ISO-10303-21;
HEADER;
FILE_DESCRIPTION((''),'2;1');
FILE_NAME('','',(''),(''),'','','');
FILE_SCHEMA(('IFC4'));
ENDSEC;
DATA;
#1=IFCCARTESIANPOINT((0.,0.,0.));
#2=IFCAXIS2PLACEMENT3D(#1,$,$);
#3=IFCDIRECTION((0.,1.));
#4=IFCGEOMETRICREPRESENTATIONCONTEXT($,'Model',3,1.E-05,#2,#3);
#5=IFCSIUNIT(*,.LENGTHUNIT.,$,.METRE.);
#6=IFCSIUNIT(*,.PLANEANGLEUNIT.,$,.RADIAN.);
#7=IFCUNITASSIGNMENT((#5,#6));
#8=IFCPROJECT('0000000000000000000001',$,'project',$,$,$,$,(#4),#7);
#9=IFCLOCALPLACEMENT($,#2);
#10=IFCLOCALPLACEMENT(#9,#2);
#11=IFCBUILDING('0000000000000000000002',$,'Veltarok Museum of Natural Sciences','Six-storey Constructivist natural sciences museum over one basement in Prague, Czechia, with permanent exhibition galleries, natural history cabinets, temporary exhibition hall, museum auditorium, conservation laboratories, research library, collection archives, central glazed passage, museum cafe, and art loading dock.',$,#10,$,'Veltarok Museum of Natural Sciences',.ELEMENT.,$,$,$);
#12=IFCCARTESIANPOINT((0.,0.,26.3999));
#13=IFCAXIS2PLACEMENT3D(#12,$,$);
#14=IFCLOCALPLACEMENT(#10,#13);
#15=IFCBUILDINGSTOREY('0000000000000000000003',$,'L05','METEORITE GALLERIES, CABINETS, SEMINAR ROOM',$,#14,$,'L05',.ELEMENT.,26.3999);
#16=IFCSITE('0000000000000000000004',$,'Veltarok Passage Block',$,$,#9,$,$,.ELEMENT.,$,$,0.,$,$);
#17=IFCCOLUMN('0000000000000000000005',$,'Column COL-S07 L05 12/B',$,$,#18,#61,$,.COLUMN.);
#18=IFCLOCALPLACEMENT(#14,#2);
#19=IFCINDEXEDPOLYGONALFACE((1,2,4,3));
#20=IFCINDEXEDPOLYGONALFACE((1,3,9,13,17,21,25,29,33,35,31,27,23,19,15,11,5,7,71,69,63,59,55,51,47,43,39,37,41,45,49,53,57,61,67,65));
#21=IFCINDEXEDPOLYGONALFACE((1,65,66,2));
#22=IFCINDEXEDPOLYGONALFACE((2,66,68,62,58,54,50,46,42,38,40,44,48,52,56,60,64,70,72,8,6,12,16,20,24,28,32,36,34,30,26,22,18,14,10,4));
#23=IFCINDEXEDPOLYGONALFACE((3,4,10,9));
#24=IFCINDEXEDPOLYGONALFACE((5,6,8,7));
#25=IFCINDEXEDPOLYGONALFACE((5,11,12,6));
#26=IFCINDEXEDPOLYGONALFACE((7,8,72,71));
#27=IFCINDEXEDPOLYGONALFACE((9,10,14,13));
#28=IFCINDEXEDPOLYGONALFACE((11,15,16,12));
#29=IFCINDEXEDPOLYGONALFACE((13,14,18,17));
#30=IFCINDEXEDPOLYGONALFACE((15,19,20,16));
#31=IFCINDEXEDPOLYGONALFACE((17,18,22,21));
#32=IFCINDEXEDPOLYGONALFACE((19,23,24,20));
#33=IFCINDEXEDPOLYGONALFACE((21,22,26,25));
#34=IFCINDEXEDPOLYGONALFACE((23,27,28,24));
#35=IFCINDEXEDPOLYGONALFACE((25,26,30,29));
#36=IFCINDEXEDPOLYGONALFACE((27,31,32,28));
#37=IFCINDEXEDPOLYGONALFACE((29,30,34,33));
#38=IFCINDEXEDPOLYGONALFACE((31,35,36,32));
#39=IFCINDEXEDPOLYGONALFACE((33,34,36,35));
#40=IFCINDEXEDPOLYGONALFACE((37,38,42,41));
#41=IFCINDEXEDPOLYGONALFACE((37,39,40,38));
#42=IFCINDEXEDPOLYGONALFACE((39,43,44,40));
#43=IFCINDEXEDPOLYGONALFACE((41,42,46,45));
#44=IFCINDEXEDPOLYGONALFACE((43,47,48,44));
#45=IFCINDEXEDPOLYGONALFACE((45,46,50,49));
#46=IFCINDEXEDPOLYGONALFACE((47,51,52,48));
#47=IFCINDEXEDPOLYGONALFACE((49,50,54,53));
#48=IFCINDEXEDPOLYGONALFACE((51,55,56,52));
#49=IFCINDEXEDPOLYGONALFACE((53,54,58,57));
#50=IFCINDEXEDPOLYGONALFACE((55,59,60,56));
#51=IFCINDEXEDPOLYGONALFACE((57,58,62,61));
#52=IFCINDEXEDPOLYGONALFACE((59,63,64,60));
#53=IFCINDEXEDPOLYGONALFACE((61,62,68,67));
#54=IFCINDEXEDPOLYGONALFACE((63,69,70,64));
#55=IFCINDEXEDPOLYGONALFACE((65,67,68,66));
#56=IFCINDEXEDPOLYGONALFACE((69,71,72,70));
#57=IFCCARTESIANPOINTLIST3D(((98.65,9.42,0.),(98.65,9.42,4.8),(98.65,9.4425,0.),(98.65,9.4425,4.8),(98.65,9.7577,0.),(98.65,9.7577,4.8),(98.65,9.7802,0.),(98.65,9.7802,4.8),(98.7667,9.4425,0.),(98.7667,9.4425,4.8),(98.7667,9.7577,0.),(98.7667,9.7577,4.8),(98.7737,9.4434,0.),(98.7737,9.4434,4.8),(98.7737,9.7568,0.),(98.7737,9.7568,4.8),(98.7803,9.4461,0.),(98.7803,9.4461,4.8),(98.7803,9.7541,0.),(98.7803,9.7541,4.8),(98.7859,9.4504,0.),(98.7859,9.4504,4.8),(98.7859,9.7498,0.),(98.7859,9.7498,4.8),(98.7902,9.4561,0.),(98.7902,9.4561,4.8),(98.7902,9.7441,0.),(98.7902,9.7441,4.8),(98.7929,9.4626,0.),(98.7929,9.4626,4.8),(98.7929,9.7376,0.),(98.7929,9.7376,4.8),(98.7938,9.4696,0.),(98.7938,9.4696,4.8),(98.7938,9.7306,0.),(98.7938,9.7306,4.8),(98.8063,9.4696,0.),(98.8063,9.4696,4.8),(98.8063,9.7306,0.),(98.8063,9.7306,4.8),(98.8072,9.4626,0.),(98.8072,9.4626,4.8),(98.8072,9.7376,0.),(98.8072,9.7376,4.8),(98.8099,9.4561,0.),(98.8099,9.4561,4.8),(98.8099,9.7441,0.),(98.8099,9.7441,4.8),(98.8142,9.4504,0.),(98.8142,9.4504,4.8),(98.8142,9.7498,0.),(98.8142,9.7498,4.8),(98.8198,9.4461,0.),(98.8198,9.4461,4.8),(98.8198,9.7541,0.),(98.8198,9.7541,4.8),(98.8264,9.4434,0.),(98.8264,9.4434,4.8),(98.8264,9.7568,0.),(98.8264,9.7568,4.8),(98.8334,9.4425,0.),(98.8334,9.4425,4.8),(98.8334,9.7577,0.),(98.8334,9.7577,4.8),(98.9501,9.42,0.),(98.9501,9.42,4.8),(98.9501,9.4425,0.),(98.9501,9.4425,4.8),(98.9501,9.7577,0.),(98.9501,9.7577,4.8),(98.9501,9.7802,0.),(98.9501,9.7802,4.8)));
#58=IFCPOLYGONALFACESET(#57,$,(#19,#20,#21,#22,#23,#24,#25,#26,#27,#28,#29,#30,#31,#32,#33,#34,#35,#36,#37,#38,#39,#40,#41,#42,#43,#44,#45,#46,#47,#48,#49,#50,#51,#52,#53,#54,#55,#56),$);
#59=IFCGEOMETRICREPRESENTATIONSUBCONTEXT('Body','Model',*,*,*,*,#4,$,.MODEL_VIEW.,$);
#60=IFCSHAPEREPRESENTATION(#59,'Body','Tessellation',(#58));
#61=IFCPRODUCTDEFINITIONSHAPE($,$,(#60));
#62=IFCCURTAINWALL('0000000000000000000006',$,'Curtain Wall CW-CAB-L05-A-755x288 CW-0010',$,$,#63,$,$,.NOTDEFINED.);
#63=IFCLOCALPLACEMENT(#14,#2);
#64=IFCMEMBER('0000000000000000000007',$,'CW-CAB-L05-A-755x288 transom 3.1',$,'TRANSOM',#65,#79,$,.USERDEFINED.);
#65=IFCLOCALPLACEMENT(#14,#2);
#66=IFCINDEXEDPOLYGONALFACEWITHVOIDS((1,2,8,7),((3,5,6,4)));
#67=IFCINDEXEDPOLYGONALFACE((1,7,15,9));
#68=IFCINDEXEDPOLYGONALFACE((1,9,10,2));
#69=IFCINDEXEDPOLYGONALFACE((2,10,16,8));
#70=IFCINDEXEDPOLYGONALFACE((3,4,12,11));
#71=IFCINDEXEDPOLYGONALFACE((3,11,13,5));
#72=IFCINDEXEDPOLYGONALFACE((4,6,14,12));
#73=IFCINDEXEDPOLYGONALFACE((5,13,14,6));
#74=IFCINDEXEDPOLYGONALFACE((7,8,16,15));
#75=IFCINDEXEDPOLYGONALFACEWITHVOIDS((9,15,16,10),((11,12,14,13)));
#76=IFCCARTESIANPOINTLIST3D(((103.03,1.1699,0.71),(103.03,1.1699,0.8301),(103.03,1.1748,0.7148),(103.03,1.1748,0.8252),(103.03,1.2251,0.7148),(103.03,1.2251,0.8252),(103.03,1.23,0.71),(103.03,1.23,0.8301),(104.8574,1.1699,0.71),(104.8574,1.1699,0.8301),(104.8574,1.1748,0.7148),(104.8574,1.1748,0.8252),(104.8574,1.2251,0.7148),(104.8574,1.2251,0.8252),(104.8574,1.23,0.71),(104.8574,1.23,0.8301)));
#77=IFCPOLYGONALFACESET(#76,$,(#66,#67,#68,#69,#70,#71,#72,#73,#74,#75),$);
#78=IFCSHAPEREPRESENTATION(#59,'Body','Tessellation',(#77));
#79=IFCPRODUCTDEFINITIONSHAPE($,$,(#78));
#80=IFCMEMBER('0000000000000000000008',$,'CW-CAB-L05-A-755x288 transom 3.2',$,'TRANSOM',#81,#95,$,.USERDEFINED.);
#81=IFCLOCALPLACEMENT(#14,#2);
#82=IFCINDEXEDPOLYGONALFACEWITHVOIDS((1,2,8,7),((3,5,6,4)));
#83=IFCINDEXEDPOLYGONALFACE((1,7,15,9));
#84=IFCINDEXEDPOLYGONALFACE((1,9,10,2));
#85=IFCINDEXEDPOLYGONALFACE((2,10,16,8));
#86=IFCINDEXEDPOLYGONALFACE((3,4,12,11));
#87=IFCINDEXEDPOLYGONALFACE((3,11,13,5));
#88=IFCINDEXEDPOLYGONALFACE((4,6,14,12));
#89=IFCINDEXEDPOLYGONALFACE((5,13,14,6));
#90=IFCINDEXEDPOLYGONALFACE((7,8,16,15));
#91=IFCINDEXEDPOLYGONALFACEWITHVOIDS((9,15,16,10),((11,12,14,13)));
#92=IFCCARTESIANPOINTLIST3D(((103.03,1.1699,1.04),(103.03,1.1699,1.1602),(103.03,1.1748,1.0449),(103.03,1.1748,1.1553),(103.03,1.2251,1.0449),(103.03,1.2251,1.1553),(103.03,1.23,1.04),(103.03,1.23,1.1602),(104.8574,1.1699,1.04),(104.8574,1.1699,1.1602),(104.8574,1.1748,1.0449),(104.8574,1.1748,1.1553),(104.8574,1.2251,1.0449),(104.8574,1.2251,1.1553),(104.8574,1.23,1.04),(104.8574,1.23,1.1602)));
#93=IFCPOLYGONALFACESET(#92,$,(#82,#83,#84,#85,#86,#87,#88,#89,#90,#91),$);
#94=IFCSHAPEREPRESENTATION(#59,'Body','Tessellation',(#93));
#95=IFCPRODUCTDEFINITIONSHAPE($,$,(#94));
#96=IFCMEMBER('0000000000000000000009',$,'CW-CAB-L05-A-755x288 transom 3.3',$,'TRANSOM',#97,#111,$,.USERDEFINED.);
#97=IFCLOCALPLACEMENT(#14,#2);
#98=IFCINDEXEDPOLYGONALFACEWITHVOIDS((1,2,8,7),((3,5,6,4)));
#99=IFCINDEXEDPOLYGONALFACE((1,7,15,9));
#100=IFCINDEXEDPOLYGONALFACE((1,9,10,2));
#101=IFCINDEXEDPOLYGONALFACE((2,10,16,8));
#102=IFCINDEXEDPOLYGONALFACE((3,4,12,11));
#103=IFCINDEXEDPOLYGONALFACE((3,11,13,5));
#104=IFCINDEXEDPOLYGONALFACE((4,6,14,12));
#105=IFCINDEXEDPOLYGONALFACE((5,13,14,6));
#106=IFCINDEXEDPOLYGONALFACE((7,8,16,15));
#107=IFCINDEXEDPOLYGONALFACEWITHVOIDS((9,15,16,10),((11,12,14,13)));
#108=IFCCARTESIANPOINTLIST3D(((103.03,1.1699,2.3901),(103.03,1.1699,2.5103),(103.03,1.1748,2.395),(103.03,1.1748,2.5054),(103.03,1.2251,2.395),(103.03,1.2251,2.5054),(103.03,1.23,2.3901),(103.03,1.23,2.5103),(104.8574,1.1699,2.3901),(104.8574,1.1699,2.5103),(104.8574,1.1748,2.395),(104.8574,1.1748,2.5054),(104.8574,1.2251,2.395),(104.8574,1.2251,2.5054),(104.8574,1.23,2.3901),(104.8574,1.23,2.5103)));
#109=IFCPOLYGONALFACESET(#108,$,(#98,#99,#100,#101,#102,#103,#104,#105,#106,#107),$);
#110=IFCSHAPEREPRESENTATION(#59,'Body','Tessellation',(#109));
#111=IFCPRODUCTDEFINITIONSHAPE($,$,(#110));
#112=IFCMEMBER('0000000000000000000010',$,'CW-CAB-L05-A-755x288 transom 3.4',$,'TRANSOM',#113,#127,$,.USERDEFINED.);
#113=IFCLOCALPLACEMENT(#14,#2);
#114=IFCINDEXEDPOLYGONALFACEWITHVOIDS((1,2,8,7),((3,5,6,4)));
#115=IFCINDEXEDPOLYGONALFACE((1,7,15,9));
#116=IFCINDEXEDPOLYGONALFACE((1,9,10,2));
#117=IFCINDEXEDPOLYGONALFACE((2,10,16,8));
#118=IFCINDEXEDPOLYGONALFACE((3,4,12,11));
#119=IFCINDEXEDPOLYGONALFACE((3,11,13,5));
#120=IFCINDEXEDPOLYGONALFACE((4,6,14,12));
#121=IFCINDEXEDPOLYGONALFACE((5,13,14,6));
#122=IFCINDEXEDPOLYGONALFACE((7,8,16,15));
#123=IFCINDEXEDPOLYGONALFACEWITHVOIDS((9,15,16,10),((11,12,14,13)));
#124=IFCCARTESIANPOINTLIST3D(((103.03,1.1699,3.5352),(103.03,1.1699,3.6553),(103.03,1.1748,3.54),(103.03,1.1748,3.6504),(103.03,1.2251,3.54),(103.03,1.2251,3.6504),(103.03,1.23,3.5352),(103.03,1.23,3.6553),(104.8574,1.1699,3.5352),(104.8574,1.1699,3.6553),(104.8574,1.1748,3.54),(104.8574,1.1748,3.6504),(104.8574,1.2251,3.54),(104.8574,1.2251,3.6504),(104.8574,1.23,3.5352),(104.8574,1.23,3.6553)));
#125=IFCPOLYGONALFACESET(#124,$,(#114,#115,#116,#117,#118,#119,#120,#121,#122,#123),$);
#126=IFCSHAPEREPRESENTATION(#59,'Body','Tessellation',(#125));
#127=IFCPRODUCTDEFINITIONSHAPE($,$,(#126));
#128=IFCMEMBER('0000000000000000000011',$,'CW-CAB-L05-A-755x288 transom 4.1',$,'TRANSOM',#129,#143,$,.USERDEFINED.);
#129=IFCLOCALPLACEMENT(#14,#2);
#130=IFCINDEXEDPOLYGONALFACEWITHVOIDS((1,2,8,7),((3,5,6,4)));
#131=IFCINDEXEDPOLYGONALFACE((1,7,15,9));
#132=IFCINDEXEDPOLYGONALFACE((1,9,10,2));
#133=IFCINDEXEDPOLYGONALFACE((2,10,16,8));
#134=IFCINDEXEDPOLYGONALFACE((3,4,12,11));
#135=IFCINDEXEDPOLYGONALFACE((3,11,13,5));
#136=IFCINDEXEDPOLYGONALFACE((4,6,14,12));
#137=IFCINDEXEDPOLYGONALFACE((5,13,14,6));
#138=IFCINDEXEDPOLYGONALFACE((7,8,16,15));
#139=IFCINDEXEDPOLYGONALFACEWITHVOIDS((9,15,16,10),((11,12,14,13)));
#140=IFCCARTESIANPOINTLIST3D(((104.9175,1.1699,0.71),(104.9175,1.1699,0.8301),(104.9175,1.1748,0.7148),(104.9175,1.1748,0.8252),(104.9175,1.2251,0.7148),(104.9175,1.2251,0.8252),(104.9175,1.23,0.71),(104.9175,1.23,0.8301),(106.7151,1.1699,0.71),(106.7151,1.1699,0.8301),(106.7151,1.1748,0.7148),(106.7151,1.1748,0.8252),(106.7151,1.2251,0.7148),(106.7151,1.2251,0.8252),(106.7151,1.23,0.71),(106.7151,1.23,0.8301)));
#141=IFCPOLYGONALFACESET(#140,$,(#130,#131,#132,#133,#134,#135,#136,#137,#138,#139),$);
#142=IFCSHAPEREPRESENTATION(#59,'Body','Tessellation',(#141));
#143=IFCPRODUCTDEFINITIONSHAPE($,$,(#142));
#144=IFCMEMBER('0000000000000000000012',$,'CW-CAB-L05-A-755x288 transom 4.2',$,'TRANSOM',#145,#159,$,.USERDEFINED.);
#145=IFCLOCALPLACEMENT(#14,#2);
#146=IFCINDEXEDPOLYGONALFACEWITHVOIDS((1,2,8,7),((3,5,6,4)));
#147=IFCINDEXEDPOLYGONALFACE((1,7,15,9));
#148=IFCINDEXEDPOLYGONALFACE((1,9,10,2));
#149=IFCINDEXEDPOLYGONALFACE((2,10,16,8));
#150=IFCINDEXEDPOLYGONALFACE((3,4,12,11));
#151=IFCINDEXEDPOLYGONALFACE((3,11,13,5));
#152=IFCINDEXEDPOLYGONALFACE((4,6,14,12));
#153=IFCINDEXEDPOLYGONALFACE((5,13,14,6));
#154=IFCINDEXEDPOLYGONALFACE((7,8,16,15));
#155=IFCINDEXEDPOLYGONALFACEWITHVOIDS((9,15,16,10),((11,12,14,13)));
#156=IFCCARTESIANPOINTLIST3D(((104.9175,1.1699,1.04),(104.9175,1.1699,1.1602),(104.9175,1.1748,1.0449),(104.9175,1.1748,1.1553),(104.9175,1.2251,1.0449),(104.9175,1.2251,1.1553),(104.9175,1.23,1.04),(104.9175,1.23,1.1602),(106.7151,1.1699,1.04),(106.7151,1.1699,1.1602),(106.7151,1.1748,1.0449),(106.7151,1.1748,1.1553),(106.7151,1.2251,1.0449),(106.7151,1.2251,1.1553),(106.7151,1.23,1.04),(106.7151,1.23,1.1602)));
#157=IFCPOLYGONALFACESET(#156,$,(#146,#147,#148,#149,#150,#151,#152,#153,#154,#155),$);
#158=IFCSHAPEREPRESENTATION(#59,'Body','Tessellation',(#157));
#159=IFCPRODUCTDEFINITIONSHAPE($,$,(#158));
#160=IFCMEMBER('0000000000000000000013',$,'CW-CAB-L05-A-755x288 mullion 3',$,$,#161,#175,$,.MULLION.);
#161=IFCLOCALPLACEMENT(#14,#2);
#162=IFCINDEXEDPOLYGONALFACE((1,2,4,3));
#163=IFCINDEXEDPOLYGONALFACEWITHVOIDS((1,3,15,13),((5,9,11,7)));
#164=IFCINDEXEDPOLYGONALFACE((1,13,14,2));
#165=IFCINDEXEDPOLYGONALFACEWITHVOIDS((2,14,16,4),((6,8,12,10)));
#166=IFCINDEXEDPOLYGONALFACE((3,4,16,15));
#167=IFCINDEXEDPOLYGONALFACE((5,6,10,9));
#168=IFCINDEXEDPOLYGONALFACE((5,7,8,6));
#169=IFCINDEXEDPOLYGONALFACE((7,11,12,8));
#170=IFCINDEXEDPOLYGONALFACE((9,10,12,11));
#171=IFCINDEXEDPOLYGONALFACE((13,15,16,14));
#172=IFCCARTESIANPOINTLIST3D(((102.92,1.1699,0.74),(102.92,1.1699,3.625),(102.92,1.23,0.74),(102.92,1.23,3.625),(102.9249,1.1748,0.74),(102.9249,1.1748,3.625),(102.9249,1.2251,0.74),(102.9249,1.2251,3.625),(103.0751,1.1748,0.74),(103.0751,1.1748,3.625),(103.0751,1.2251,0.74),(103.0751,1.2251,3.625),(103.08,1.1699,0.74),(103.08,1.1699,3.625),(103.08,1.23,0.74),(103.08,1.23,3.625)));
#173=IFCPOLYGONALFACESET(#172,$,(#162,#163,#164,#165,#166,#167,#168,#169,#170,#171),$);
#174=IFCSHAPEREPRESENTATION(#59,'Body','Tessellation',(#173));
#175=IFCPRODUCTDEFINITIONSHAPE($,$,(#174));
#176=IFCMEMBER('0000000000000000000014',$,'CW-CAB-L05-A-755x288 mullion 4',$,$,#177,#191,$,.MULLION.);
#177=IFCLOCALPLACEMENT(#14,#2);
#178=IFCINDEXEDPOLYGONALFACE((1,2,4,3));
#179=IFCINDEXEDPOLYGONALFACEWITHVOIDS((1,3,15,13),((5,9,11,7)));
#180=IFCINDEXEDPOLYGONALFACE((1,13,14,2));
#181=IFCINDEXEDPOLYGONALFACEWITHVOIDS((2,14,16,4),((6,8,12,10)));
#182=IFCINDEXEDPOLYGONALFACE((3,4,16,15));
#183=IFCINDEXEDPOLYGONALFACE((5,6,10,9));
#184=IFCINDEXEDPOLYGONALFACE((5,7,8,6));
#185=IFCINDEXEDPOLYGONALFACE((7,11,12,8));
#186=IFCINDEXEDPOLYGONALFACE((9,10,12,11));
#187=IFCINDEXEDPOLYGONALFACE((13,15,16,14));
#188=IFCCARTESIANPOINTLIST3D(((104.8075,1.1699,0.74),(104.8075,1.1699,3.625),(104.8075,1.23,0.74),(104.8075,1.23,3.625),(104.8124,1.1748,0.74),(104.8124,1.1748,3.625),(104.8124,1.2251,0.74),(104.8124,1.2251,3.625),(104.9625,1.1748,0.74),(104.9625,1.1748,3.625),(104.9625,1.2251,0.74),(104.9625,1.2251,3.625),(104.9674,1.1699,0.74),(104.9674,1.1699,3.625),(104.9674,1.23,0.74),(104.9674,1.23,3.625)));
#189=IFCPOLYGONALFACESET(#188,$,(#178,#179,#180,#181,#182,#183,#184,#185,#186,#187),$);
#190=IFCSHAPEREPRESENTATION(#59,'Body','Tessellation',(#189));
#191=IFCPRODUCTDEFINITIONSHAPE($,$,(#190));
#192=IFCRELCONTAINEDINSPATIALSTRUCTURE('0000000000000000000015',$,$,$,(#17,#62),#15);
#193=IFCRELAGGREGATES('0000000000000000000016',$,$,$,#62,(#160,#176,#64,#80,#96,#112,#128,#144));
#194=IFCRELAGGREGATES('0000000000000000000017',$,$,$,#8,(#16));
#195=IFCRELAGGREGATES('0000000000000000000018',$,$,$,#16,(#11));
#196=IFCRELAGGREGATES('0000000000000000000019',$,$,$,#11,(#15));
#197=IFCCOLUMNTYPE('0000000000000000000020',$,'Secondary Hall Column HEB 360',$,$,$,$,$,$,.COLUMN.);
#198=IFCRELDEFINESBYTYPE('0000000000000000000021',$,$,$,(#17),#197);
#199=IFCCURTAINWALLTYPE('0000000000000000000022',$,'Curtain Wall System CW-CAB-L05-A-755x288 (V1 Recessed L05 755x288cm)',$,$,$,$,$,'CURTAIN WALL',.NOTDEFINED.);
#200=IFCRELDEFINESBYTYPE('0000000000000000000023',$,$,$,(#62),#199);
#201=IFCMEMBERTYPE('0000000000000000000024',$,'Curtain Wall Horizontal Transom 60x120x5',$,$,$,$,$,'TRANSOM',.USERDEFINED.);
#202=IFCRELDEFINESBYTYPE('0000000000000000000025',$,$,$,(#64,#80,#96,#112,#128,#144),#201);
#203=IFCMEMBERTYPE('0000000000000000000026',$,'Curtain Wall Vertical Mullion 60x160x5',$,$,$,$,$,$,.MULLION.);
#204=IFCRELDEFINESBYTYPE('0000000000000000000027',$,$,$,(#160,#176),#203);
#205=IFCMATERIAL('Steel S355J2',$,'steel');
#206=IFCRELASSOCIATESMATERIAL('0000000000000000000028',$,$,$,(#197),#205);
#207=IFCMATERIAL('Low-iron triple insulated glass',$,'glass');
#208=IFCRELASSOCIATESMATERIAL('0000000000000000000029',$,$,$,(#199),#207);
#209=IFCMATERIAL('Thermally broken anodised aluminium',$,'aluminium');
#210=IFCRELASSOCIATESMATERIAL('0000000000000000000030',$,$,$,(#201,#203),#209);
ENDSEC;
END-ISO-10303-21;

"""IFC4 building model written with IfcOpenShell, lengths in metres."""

from ifc_helpers import new_model, si_unit, direction, frame, origin, origin_2d, place, context, subcontext, project, spatial, hollow_rectangle, i_section, extrude, material, material_profile, profile_set, type_object, element, aggregate, save


model = new_model("IFC4")

# Units and contexts
model_context = context("Model", 3, precision=1e-05, world=origin(), true_north=direction((0.0, 1.0)))
body_context = subcontext(model_context, "Body", "Model", "MODEL_VIEW")
ifc_project = project(units=[si_unit("LENGTHUNIT", "METRE"), si_unit("PLANEANGLEUNIT", "RADIAN")], contexts=[model_context])

# Site, building, storey
site_placement = place(None, origin())
site = spatial("IfcSite", under=ifc_project, at=site_placement, Name="Veltarok Passage Block", CompositionType="ELEMENT", RefElevation=0.0)
building_placement = place(site_placement, origin())
building = spatial("IfcBuilding", under=site, at=building_placement, Name="Veltarok Museum of Natural Sciences", Description="Six-storey Constructivist natural sciences museum over one basement in Prague, Czechia, with permanent exhibition galleries, natural history cabinets, temporary exhibition hall, museum auditorium, conservation laboratories, research library, collection archives, central glazed passage, museum cafe, and art loading dock.", LongName="Veltarok Museum of Natural Sciences", CompositionType="ELEMENT")
storey_placement = place(building_placement, frame((0.0, 0.0, 26.3999)))
storey = spatial("IfcBuildingStorey", under=building, at=storey_placement, Name="L05", Description="METEORITE GALLERIES, CABINETS, SEMINAR ROOM", LongName="L05", CompositionType="ELEMENT", Elevation=26.3999)

# Column
ifc_material_1 = material(Name="Steel S355J2", Category="steel")
ifc_material_profile_1 = material_profile(ifc_material_1, i_section(OverallWidth=0.3, OverallDepth=0.3601, WebThickness=0.0125, FlangeThickness=0.0225, FilletRadius=0.0271, at=origin_2d()), Name="HEB 360")
ifc_profile_set_1 = profile_set([ifc_material_profile_1], Name="Steel S355J2")
column_type = type_object("IfcColumnType", Name="Secondary Hall Column HEB 360", PredefinedType="COLUMN", material=ifc_profile_set_1)
column_placement = place(storey_placement, frame((98.8, 9.6001, 0.0), z_axis=(0.0, 0.0, 1.0), x_axis=(1.0, 0.0, 0.0)))
element("IfcColumn", 1, at=column_placement, inside=storey, type_object=column_type, Name="Column COL-S07 L05 12/B", PredefinedType="COLUMN", context=body_context, shape_type="SweptSolid", body=[
    extrude(i_section(OverallWidth=0.3, OverallDepth=0.3601, WebThickness=0.0125, FlangeThickness=0.0225, FilletRadius=0.0271, at=origin_2d()), origin(), (0.0, 0.0, 1.0), 4.8),
])

# Curtain wall, members
ifc_material_2 = material(Name="Low-iron triple insulated glass", Category="glass")
curtain_wall_type_1 = type_object("IfcCurtainWallType", Name="Curtain Wall System CW-CAB-L05-A-755x288 (V1 Recessed L05 755x288cm)", ElementType="CURTAIN WALL", PredefinedType="NOTDEFINED", material=ifc_material_2)
curtain_wall_1_placement = place(storey_placement, origin())
curtain_wall_1 = element("IfcCurtainWall", 2, at=curtain_wall_1_placement, inside=storey, type_object=curtain_wall_type_1, Name="Curtain Wall CW-CAB-L05-A-755x288 CW-0010", PredefinedType="NOTDEFINED")
ifc_material_3 = material(Name="Thermally broken anodised aluminium", Category="aluminium")
ifc_material_profile_2 = material_profile(ifc_material_3, hollow_rectangle(XDim=0.0601, YDim=0.1201, WallThickness=0.0049, at=origin_2d()), Name="CW TRANSOM 60x120x5")
ifc_profile_set_2 = profile_set([ifc_material_profile_2], Name="Thermally broken anodised aluminium")
member_type_1 = type_object("IfcMemberType", Name="Curtain Wall Horizontal Transom 60x120x5", ElementType="TRANSOM", PredefinedType="USERDEFINED", material=ifc_profile_set_2)
member_1_placement = place(storey_placement, frame((103.03, 1.2, 0.77), z_axis=(1.0, 0.0, 0.0), x_axis=(0.0, 1.0, 0.0)))
member_1 = element("IfcMember", 3, at=member_1_placement, type_object=member_type_1, Name="CW-CAB-L05-A-755x288 transom 3.1", ObjectType="TRANSOM", PredefinedType="USERDEFINED", context=body_context, shape_type="SweptSolid", body=[
    extrude(hollow_rectangle(XDim=0.0601, YDim=0.1201, WallThickness=0.0049, at=origin_2d()), origin(), (0.0, 0.0, 1.0), 1.8274),
])
member_2_placement = place(storey_placement, frame((103.03, 1.2, 1.1001), z_axis=(1.0, 0.0, 0.0), x_axis=(0.0, 1.0, 0.0)))
member_2 = element("IfcMember", 4, at=member_2_placement, type_object=member_type_1, Name="CW-CAB-L05-A-755x288 transom 3.2", ObjectType="TRANSOM", PredefinedType="USERDEFINED", context=body_context, shape_type="SweptSolid", body=[
    extrude(hollow_rectangle(XDim=0.0601, YDim=0.1201, WallThickness=0.0049, at=origin_2d()), origin(), (0.0, 0.0, 1.0), 1.8274),
])
member_3_placement = place(storey_placement, frame((103.03, 1.2, 2.4502), z_axis=(1.0, 0.0, 0.0), x_axis=(0.0, 1.0, 0.0)))
member_3 = element("IfcMember", 5, at=member_3_placement, type_object=member_type_1, Name="CW-CAB-L05-A-755x288 transom 3.3", ObjectType="TRANSOM", PredefinedType="USERDEFINED", context=body_context, shape_type="SweptSolid", body=[
    extrude(hollow_rectangle(XDim=0.0601, YDim=0.1201, WallThickness=0.0049, at=origin_2d()), origin(), (0.0, 0.0, 1.0), 1.8274),
])
member_4_placement = place(storey_placement, frame((103.03, 1.2, 3.5952), z_axis=(1.0, 0.0, 0.0), x_axis=(0.0, 1.0, 0.0)))
member_4 = element("IfcMember", 6, at=member_4_placement, type_object=member_type_1, Name="CW-CAB-L05-A-755x288 transom 3.4", ObjectType="TRANSOM", PredefinedType="USERDEFINED", context=body_context, shape_type="SweptSolid", body=[
    extrude(hollow_rectangle(XDim=0.0601, YDim=0.1201, WallThickness=0.0049, at=origin_2d()), origin(), (0.0, 0.0, 1.0), 1.8274),
])
member_5_placement = place(storey_placement, frame((104.9175, 1.2, 0.77), z_axis=(1.0, 0.0, 0.0), x_axis=(0.0, 1.0, 0.0)))
member_5 = element("IfcMember", 7, at=member_5_placement, type_object=member_type_1, Name="CW-CAB-L05-A-755x288 transom 4.1", ObjectType="TRANSOM", PredefinedType="USERDEFINED", context=body_context, shape_type="SweptSolid", body=[
    extrude(hollow_rectangle(XDim=0.0601, YDim=0.1201, WallThickness=0.0049, at=origin_2d()), origin(), (0.0, 0.0, 1.0), 1.7976),
])
member_6_placement = place(storey_placement, frame((104.9175, 1.2, 1.1001), z_axis=(1.0, 0.0, 0.0), x_axis=(0.0, 1.0, 0.0)))
member_6 = element("IfcMember", 8, at=member_6_placement, type_object=member_type_1, Name="CW-CAB-L05-A-755x288 transom 4.2", ObjectType="TRANSOM", PredefinedType="USERDEFINED", context=body_context, shape_type="SweptSolid", body=[
    extrude(hollow_rectangle(XDim=0.0601, YDim=0.1201, WallThickness=0.0049, at=origin_2d()), origin(), (0.0, 0.0, 1.0), 1.7976),
])
ifc_material_profile_3 = material_profile(ifc_material_3, hollow_rectangle(XDim=0.0601, YDim=0.1599, WallThickness=0.0049, at=origin_2d()), Name="CW MULLION 60x160x5")
ifc_profile_set_3 = profile_set([ifc_material_profile_3], Name="Thermally broken anodised aluminium")
member_type_2 = type_object("IfcMemberType", Name="Curtain Wall Vertical Mullion 60x160x5", PredefinedType="MULLION", material=ifc_profile_set_3)
member_7_placement = place(storey_placement, frame((103.0, 1.2, 0.74), z_axis=(0.0, 0.0, 1.0), x_axis=(0.0, 1.0, 0.0)))
member_7 = element("IfcMember", 9, at=member_7_placement, type_object=member_type_2, Name="CW-CAB-L05-A-755x288 mullion 3", PredefinedType="MULLION", context=body_context, shape_type="SweptSolid", body=[
    extrude(hollow_rectangle(XDim=0.0601, YDim=0.1599, WallThickness=0.0049, at=origin_2d()), origin(), (0.0, 0.0, 1.0), 2.885),
])
member_8_placement = place(storey_placement, frame((104.8875, 1.2, 0.74), z_axis=(0.0, 0.0, 1.0), x_axis=(0.0, 1.0, 0.0)))
member_8 = element("IfcMember", 10, at=member_8_placement, type_object=member_type_2, Name="CW-CAB-L05-A-755x288 mullion 4", PredefinedType="MULLION", context=body_context, shape_type="SweptSolid", body=[
    extrude(hollow_rectangle(XDim=0.0601, YDim=0.1599, WallThickness=0.0049, at=origin_2d()), origin(), (0.0, 0.0, 1.0), 2.885),
])

aggregate(curtain_wall_1, [member_7, member_8, member_1, member_2, member_3, member_4, member_5, member_6])

save(model, "model.ifc")
